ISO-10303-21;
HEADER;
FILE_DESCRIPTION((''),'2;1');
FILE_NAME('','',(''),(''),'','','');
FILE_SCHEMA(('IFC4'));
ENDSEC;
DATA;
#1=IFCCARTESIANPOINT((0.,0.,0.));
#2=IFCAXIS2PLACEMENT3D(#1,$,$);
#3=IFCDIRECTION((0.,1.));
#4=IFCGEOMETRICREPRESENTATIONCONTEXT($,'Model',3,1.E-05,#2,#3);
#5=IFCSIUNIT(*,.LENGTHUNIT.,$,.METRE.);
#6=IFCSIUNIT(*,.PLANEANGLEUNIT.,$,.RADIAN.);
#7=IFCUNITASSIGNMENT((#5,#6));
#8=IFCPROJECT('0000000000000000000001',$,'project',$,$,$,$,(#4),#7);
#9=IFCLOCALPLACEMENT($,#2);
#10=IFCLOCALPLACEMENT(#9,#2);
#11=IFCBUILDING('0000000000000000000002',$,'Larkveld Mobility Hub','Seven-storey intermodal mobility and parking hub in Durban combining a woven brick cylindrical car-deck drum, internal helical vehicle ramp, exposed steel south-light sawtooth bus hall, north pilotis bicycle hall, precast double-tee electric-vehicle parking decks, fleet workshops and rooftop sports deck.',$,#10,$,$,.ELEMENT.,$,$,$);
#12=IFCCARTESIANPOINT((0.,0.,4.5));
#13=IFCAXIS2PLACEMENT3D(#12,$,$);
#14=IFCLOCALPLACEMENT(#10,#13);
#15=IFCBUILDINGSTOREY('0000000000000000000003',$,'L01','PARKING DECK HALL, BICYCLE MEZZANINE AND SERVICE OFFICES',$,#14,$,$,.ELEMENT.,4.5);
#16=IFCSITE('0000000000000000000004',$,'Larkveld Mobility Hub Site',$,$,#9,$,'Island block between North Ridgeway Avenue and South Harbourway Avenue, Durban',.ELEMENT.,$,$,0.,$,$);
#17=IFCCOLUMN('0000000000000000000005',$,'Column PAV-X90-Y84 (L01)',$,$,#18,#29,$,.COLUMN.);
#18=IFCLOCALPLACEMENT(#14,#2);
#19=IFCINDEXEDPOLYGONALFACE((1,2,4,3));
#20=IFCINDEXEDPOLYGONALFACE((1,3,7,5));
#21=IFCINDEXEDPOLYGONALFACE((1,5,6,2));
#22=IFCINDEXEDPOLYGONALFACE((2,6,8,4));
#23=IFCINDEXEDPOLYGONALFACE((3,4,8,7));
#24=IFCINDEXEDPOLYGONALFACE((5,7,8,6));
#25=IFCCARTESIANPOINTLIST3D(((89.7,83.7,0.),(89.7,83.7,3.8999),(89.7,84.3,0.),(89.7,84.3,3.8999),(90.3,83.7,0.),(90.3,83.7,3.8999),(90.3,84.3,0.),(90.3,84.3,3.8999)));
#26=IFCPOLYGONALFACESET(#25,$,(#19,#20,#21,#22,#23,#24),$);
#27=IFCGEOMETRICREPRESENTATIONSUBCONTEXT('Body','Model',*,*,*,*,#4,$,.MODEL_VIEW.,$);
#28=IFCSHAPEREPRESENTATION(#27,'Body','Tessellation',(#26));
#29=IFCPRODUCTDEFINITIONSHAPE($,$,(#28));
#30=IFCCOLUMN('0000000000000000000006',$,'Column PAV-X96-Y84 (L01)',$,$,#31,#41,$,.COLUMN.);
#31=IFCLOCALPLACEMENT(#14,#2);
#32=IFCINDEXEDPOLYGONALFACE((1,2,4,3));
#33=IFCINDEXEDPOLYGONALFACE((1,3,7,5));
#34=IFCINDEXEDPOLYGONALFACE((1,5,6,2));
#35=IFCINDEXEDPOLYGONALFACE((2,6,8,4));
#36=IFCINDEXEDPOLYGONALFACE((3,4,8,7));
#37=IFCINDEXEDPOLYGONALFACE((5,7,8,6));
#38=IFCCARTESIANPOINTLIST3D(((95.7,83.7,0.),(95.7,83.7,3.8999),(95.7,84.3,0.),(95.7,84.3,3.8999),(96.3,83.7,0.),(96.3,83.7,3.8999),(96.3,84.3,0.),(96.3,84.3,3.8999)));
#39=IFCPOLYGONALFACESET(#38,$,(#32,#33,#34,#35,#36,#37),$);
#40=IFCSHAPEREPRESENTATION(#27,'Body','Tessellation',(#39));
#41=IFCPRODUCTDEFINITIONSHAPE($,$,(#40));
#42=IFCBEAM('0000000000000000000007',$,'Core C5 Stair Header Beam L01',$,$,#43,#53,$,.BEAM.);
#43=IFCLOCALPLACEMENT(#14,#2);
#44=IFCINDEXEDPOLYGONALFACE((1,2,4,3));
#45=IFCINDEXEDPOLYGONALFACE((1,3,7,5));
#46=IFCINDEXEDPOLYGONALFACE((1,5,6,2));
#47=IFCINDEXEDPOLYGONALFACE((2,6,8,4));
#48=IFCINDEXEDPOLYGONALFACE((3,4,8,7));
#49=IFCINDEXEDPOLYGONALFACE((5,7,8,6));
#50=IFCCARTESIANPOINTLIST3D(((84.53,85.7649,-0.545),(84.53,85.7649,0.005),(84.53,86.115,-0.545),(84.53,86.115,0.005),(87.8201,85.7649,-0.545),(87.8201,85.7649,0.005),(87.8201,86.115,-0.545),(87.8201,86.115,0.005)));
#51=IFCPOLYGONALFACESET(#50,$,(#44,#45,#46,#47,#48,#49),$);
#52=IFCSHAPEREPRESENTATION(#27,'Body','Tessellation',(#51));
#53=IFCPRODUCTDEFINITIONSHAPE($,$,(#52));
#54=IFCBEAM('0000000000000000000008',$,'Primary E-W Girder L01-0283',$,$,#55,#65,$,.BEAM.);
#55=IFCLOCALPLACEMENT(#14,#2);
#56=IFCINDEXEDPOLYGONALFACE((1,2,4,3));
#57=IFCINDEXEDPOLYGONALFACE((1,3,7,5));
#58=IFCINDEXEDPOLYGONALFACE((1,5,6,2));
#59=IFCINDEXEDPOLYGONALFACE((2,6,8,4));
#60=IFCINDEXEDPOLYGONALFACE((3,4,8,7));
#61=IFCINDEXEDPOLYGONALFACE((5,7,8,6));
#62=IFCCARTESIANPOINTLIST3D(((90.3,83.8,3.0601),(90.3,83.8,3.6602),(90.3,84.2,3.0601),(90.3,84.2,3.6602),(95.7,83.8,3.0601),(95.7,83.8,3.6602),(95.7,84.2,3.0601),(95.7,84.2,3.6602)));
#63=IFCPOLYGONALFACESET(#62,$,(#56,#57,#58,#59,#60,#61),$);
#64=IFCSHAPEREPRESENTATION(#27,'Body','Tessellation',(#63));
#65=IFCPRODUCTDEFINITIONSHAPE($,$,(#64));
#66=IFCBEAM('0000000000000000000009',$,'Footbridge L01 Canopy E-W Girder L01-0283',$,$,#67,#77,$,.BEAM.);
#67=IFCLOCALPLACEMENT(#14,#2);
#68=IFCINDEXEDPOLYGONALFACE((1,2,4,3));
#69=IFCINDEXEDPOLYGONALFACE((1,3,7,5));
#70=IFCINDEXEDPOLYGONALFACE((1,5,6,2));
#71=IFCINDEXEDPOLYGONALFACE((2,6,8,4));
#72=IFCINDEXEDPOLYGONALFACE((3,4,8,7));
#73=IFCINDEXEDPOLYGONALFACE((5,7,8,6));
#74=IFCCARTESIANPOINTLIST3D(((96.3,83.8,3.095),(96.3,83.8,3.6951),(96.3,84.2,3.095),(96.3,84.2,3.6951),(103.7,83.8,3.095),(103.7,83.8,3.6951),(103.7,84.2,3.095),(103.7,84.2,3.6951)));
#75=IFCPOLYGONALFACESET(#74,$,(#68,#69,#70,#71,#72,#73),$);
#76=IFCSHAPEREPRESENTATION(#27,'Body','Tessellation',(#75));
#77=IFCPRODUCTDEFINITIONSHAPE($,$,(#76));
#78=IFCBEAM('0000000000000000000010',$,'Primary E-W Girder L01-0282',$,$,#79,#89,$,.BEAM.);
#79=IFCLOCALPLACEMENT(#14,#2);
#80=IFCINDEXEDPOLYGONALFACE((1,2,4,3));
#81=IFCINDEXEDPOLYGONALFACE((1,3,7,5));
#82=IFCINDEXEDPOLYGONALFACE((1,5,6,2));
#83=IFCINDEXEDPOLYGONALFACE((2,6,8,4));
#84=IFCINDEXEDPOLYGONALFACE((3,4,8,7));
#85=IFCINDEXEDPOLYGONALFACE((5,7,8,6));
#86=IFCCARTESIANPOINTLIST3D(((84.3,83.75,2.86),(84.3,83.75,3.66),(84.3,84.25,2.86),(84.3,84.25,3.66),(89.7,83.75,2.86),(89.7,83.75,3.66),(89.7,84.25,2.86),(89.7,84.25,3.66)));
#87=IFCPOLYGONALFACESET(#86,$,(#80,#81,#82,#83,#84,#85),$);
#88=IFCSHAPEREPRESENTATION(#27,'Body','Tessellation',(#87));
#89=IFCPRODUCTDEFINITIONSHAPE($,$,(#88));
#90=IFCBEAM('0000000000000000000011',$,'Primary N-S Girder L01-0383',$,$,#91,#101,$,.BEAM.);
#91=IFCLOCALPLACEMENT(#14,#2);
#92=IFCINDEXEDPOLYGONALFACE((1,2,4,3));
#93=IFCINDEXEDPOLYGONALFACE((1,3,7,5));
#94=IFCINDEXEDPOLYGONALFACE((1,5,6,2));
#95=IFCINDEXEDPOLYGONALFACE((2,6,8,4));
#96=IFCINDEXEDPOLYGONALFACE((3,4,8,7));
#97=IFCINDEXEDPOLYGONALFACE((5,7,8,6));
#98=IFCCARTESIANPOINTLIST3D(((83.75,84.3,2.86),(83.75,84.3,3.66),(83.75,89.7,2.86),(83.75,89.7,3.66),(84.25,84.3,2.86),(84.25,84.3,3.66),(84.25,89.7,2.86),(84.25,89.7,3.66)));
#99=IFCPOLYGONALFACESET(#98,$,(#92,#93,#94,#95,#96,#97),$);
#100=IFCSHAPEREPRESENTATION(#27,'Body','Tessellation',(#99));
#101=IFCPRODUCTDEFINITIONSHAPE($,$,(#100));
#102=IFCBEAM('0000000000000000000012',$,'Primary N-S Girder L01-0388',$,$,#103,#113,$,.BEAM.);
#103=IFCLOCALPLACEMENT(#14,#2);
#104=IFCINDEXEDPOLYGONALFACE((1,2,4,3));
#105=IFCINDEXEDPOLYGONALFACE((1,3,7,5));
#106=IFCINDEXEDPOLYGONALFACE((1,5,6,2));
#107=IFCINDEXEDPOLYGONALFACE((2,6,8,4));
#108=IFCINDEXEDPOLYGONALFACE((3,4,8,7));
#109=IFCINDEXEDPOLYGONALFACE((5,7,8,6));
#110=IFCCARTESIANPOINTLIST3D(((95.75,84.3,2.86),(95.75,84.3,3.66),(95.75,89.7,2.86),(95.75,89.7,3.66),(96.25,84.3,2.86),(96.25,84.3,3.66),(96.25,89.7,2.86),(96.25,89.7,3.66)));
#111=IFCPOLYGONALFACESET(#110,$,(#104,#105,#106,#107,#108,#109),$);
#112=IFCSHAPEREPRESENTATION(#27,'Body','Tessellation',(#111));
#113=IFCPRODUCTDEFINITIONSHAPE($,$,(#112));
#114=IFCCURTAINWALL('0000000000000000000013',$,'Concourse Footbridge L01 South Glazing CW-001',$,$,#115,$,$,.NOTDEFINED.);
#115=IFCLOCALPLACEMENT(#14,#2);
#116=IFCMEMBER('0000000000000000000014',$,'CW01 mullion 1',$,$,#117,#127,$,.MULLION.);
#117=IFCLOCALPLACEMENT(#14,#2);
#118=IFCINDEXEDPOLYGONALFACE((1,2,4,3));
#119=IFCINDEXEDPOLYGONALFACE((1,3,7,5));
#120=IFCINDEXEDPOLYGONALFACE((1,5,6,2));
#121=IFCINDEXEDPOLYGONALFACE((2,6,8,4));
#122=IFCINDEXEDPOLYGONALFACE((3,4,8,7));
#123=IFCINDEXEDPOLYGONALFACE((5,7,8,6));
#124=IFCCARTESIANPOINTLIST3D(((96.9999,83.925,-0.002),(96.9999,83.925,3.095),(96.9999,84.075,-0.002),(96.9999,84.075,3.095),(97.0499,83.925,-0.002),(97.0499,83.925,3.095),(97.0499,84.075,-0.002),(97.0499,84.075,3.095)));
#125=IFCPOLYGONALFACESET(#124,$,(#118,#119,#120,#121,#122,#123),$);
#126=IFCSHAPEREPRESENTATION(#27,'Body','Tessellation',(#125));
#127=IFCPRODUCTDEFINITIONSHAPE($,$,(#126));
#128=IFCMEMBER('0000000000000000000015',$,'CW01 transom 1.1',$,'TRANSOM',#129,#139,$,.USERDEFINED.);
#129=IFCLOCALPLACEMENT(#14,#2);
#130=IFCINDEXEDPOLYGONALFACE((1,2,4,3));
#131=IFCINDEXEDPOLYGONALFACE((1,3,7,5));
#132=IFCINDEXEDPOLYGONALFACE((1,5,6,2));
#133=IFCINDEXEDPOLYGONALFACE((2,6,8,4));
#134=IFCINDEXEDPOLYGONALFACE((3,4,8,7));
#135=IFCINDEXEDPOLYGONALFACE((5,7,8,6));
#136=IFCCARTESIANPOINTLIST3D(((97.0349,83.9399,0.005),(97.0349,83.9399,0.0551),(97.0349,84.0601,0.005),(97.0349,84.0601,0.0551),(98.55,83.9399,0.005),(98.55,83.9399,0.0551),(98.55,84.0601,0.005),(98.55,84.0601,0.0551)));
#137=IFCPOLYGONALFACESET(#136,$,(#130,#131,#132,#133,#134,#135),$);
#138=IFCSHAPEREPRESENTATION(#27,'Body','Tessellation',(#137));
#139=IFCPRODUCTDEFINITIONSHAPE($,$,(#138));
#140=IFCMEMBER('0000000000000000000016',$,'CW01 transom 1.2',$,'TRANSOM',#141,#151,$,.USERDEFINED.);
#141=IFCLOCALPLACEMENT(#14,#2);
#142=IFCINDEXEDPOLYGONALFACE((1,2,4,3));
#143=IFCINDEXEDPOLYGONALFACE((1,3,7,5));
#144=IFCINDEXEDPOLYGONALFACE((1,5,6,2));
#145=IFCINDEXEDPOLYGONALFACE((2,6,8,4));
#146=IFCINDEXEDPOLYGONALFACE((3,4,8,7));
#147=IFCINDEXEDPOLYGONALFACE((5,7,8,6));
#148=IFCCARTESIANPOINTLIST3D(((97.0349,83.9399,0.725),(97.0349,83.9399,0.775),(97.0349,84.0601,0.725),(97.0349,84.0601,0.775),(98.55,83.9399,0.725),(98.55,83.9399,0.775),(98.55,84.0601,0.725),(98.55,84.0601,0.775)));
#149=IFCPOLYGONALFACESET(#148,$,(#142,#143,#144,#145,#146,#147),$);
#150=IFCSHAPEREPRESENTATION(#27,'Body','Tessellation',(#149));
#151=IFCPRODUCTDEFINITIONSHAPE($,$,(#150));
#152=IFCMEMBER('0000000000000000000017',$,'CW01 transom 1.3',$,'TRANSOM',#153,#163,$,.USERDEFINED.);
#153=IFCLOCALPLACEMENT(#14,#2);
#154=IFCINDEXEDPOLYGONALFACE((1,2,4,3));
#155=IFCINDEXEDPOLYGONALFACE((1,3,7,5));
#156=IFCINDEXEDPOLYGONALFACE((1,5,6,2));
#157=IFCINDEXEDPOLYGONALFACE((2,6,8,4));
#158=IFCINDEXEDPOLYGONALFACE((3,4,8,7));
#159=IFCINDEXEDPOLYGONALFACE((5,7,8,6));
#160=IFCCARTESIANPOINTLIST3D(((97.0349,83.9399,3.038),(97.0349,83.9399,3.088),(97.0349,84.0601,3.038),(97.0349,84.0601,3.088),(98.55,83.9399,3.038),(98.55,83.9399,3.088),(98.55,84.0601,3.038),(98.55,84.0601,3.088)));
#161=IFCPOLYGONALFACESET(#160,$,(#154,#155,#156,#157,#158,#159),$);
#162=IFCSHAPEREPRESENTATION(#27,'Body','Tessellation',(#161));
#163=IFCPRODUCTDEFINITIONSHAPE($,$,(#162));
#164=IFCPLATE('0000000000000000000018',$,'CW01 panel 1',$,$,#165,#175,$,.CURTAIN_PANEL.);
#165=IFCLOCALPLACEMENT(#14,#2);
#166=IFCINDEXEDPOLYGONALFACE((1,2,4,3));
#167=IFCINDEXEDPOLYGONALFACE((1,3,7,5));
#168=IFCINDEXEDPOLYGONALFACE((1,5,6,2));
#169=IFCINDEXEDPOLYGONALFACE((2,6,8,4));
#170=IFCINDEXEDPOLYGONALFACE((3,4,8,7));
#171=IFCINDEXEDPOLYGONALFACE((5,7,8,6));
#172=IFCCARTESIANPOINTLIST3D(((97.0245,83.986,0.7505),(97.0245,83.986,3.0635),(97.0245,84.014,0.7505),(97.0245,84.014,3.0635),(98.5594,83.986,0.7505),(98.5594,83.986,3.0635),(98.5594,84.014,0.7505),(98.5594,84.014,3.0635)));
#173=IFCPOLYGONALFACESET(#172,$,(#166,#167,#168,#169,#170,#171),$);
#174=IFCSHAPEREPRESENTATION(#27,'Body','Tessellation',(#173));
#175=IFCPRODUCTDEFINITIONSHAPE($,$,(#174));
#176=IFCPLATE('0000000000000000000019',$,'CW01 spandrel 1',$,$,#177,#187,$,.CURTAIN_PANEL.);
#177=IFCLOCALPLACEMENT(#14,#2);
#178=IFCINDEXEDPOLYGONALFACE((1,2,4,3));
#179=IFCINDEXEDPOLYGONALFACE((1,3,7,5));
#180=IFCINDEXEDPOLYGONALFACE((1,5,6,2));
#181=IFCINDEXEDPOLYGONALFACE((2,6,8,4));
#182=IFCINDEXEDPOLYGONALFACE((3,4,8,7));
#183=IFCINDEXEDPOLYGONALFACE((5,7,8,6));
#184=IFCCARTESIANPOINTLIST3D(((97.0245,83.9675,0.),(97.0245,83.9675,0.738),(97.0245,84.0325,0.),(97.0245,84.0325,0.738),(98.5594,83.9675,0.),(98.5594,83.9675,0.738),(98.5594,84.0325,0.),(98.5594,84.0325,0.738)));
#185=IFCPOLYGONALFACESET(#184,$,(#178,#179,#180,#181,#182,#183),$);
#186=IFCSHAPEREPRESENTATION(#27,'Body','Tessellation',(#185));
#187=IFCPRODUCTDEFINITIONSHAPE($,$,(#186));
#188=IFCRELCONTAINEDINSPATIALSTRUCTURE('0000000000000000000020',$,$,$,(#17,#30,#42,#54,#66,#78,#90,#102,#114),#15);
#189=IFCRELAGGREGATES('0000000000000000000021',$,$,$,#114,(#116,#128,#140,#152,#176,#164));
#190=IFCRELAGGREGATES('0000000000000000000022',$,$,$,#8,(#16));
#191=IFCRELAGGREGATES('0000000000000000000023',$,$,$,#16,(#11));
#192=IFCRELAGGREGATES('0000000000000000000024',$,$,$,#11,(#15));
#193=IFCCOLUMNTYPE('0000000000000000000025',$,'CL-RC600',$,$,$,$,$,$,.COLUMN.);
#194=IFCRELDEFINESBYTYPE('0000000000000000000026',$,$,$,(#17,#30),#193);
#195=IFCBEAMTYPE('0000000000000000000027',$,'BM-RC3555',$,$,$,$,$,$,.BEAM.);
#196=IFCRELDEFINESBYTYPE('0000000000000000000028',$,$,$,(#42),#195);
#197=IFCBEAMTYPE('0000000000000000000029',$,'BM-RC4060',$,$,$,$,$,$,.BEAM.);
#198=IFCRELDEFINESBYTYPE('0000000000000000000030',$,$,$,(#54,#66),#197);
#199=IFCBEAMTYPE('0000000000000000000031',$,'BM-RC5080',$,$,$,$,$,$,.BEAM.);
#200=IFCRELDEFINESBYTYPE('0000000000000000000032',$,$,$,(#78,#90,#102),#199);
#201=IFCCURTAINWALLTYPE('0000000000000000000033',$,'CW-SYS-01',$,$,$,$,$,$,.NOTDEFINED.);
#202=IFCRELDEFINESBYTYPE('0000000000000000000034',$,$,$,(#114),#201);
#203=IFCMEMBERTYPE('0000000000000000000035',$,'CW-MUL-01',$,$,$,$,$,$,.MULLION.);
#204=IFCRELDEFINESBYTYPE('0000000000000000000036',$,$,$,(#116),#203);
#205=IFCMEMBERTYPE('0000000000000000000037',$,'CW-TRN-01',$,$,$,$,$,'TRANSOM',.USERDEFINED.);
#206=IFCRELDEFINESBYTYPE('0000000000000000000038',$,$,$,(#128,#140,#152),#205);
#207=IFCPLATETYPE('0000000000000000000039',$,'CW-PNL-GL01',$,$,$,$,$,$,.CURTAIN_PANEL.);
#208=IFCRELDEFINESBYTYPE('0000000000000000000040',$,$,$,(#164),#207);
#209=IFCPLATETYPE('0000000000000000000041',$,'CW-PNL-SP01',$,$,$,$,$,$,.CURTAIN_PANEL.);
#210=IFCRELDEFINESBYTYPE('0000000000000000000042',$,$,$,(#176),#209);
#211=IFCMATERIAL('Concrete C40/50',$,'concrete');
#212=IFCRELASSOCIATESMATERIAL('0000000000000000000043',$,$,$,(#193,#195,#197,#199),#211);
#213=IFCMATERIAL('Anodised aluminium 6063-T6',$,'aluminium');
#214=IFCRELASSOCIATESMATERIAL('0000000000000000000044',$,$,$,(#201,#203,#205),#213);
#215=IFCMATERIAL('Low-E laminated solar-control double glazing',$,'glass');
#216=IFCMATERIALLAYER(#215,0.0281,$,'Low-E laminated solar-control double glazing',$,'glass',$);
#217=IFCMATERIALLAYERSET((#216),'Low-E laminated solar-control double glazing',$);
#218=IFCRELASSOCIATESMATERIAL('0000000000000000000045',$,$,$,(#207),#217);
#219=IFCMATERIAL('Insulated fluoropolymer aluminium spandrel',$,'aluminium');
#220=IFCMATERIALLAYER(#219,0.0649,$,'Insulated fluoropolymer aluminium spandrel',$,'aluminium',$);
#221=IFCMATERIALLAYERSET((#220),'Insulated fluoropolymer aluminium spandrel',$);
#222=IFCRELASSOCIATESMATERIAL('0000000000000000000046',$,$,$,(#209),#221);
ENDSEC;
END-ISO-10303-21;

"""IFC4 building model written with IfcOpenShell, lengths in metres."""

from ifc_helpers import new_model, si_unit, direction, frame, origin, origin_2d, place, context, subcontext, project, spatial, rectangle, extrude, material, layer, layer_set, material_profile, profile_set, type_object, element, aggregate, save


model = new_model("IFC4")

# Units and contexts
model_context = context("Model", 3, precision=1e-05, world=origin(), true_north=direction((0.0, 1.0)))
body_context = subcontext(model_context, "Body", "Model", "MODEL_VIEW")
ifc_project = project(units=[si_unit("LENGTHUNIT", "METRE"), si_unit("PLANEANGLEUNIT", "RADIAN")], contexts=[model_context])

# Site, building, storey
site_placement = place(None, origin())
site = spatial("IfcSite", under=ifc_project, at=site_placement, Name="Larkveld Mobility Hub Site", LongName="Island block between North Ridgeway Avenue and South Harbourway Avenue, Durban", CompositionType="ELEMENT", RefElevation=0.0)
building_placement = place(site_placement, origin())
building = spatial("IfcBuilding", under=site, at=building_placement, Name="Larkveld Mobility Hub", Description="Seven-storey intermodal mobility and parking hub in Durban combining a woven brick cylindrical car-deck drum, internal helical vehicle ramp, exposed steel south-light sawtooth bus hall, north pilotis bicycle hall, precast double-tee electric-vehicle parking decks, fleet workshops and rooftop sports deck.", CompositionType="ELEMENT")
storey_placement = place(building_placement, frame((0.0, 0.0, 4.5)))
storey = spatial("IfcBuildingStorey", under=building, at=storey_placement, Name="L01", Description="PARKING DECK HALL, BICYCLE MEZZANINE AND SERVICE OFFICES", CompositionType="ELEMENT", Elevation=4.5)

# Columns
ifc_material_1 = material(Name="Concrete C40/50", Category="concrete")
ifc_material_profile_1 = material_profile(ifc_material_1, rectangle(XDim=0.6001, YDim=0.6001, at=origin_2d()), Name="RC COL 600x600")
ifc_profile_set_1 = profile_set([ifc_material_profile_1], Name="Concrete C40/50")
column_type = type_object("IfcColumnType", Name="CL-RC600", PredefinedType="COLUMN", material=ifc_profile_set_1)
for number, where, z_axis, x_axis, name in (
    (1, (90.0, 84.0, 0.0), (0.0, 0.0, 1.0), (1.0, 0.0, 0.0), "Column PAV-X90-Y84 (L01)"),
    (2, (96.0, 84.0, 0.0), (0.0, 0.0, 1.0), (1.0, 0.0, 0.0), "Column PAV-X96-Y84 (L01)"),
):
    element("IfcColumn", number, at=place(storey_placement, frame(where, z_axis=z_axis, x_axis=x_axis)), inside=storey, type_object=column_type, Name=name, PredefinedType="COLUMN", context=body_context, shape_type="SweptSolid", body=[
        extrude(rectangle(XDim=0.6001, YDim=0.6001, at=origin_2d()), origin(), (0.0, 0.0, 1.0), 3.8999),
    ])

# Beams
ifc_material_profile_2 = material_profile(ifc_material_1, rectangle(XDim=0.3501, YDim=0.55, at=origin_2d()), Name="RC BM 350x550")
ifc_profile_set_2 = profile_set([ifc_material_profile_2], Name="Concrete C40/50")
beam_type_1 = type_object("IfcBeamType", Name="BM-RC3555", PredefinedType="BEAM", material=ifc_profile_set_2)
beam_1_placement = place(storey_placement, frame((84.53, 85.9399, -0.27), z_axis=(1.0, 0.0, 0.0), x_axis=(0.0, 1.0, 0.0)))
element("IfcBeam", 3, at=beam_1_placement, inside=storey, type_object=beam_type_1, Name="Core C5 Stair Header Beam L01", PredefinedType="BEAM", context=body_context, shape_type="SweptSolid", body=[
    extrude(rectangle(XDim=0.3501, YDim=0.55, at=origin_2d()), origin(), (0.0, 0.0, 1.0), 3.29),
])
ifc_material_profile_3 = material_profile(ifc_material_1, rectangle(XDim=0.3999, YDim=0.6001, at=origin_2d()), Name="RC BM 400x600")
ifc_profile_set_3 = profile_set([ifc_material_profile_3], Name="Concrete C40/50")
beam_type_2 = type_object("IfcBeamType", Name="BM-RC4060", PredefinedType="BEAM", material=ifc_profile_set_3)
beam_2_placement = place(storey_placement, frame((90.3, 84.0, 3.3601), z_axis=(1.0, 0.0, 0.0), x_axis=(0.0, 1.0, 0.0)))
element("IfcBeam", 4, at=beam_2_placement, inside=storey, type_object=beam_type_2, Name="Primary E-W Girder L01-0283", PredefinedType="BEAM", context=body_context, shape_type="SweptSolid", body=[
    extrude(rectangle(XDim=0.3999, YDim=0.6001, at=origin_2d()), origin(), (0.0, 0.0, 1.0), 5.3999),
])
beam_3_placement = place(storey_placement, frame((96.3, 84.0, 3.395), z_axis=(1.0, 0.0, 0.0), x_axis=(0.0, 1.0, 0.0)))
element("IfcBeam", 5, at=beam_3_placement, inside=storey, type_object=beam_type_2, Name="Footbridge L01 Canopy E-W Girder L01-0283", PredefinedType="BEAM", context=body_context, shape_type="SweptSolid", body=[
    extrude(rectangle(XDim=0.3999, YDim=0.6001, at=origin_2d()), origin(), (0.0, 0.0, 1.0), 7.3999),
])
ifc_material_profile_4 = material_profile(ifc_material_1, rectangle(XDim=0.5, YDim=0.8, at=origin_2d()), Name="RC BM 500x800")
ifc_profile_set_4 = profile_set([ifc_material_profile_4], Name="Concrete C40/50")
beam_type_3 = type_object("IfcBeamType", Name="BM-RC5080", PredefinedType="BEAM", material=ifc_profile_set_4)
for number, where, z_axis, x_axis, name in (
    (6, (84.3, 84.0, 3.26), (1.0, 0.0, 0.0), (0.0, 1.0, 0.0), "Primary E-W Girder L01-0282"),
    (7, (84.0, 84.3, 3.26), (0.0, 1.0, 0.0), (-1.0, 0.0, 0.0), "Primary N-S Girder L01-0383"),
    (8, (96.0, 84.3, 3.26), (0.0, 1.0, 0.0), (-1.0, 0.0, 0.0), "Primary N-S Girder L01-0388"),
):
    element("IfcBeam", number, at=place(storey_placement, frame(where, z_axis=z_axis, x_axis=x_axis)), inside=storey, type_object=beam_type_3, Name=name, PredefinedType="BEAM", context=body_context, shape_type="SweptSolid", body=[
        extrude(rectangle(XDim=0.5, YDim=0.8, at=origin_2d()), origin(), (0.0, 0.0, 1.0), 5.3999),
    ])

# Curtain wall, members, plates
ifc_material_2 = material(Name="Anodised aluminium 6063-T6", Category="aluminium")
curtain_wall_type = type_object("IfcCurtainWallType", Name="CW-SYS-01", PredefinedType="NOTDEFINED", material=ifc_material_2)
curtain_wall_placement = place(storey_placement, origin())
curtain_wall = element("IfcCurtainWall", 9, at=curtain_wall_placement, inside=storey, type_object=curtain_wall_type, Name="Concourse Footbridge L01 South Glazing CW-001", PredefinedType="NOTDEFINED")
ifc_material_profile_5 = material_profile(ifc_material_2, rectangle(XDim=0.05, YDim=0.1499, at=origin_2d()), Name="ALU MULL 50x150")
ifc_profile_set_5 = profile_set([ifc_material_profile_5], Name="Anodised aluminium 6063-T6")
member_type_1 = type_object("IfcMemberType", Name="CW-MUL-01", PredefinedType="MULLION", material=ifc_profile_set_5)
member_1_placement = place(storey_placement, frame((97.0249, 84.0, -0.002), z_axis=(0.0, 0.0, 1.0), x_axis=(1.0, 0.0, 0.0)))
member_1 = element("IfcMember", 10, at=member_1_placement, type_object=member_type_1, Name="CW01 mullion 1", PredefinedType="MULLION", context=body_context, shape_type="SweptSolid", body=[
    extrude(rectangle(XDim=0.05, YDim=0.1499, at=origin_2d()), origin(), (0.0, 0.0, 1.0), 3.0969),
])
ifc_material_profile_6 = material_profile(ifc_material_2, rectangle(XDim=0.1201, YDim=0.05, at=origin_2d()), Name="ALU TRAN 50x120")
ifc_profile_set_6 = profile_set([ifc_material_profile_6], Name="Anodised aluminium 6063-T6")
member_type_2 = type_object("IfcMemberType", Name="CW-TRN-01", ElementType="TRANSOM", PredefinedType="USERDEFINED", material=ifc_profile_set_6)
member_2_placement = place(storey_placement, frame((97.0349, 84.0, 0.03), z_axis=(1.0, 0.0, 0.0), x_axis=(0.0, 1.0, 0.0)))
member_2 = element("IfcMember", 11, at=member_2_placement, type_object=member_type_2, Name="CW01 transom 1.1", ObjectType="TRANSOM", PredefinedType="USERDEFINED", context=body_context, shape_type="SweptSolid", body=[
    extrude(rectangle(XDim=0.1201, YDim=0.05, at=origin_2d()), origin(), (0.0, 0.0, 1.0), 1.5151),
])
member_3_placement = place(storey_placement, frame((97.0349, 84.0, 0.75), z_axis=(1.0, 0.0, 0.0), x_axis=(0.0, 1.0, 0.0)))
member_3 = element("IfcMember", 12, at=member_3_placement, type_object=member_type_2, Name="CW01 transom 1.2", ObjectType="TRANSOM", PredefinedType="USERDEFINED", context=body_context, shape_type="SweptSolid", body=[
    extrude(rectangle(XDim=0.1201, YDim=0.05, at=origin_2d()), origin(), (0.0, 0.0, 1.0), 1.5151),
])
member_4_placement = place(storey_placement, frame((97.0349, 84.0, 3.063), z_axis=(1.0, 0.0, 0.0), x_axis=(0.0, 1.0, 0.0)))
member_4 = element("IfcMember", 13, at=member_4_placement, type_object=member_type_2, Name="CW01 transom 1.3", ObjectType="TRANSOM", PredefinedType="USERDEFINED", context=body_context, shape_type="SweptSolid", body=[
    extrude(rectangle(XDim=0.1201, YDim=0.05, at=origin_2d()), origin(), (0.0, 0.0, 1.0), 1.5151),
])
ifc_material_3 = material(Name="Low-E laminated solar-control double glazing", Category="glass")
ifc_layer_1 = layer(ifc_material_3, 0.0281, Name="Low-E laminated solar-control double glazing", Category="glass")
ifc_layer_set_1 = layer_set([ifc_layer_1], Name="Low-E laminated solar-control double glazing")
plate_type_1 = type_object("IfcPlateType", Name="CW-PNL-GL01", PredefinedType="CURTAIN_PANEL", material=ifc_layer_set_1)
plate_1_placement = place(storey_placement, frame((97.792, 84.0, 0.7505), z_axis=(0.0, 0.0, 1.0), x_axis=(1.0, 0.0, 0.0)))
plate_1 = element("IfcPlate", 14, at=plate_1_placement, type_object=plate_type_1, Name="CW01 panel 1", PredefinedType="CURTAIN_PANEL", context=body_context, shape_type="SweptSolid", body=[
    extrude(rectangle(XDim=1.5349, YDim=0.0281, at=origin_2d()), origin(), (0.0, 0.0, 1.0), 2.313),
])
ifc_material_4 = material(Name="Insulated fluoropolymer aluminium spandrel", Category="aluminium")
ifc_layer_2 = layer(ifc_material_4, 0.0649, Name="Insulated fluoropolymer aluminium spandrel", Category="aluminium")
ifc_layer_set_2 = layer_set([ifc_layer_2], Name="Insulated fluoropolymer aluminium spandrel")
plate_type_2 = type_object("IfcPlateType", Name="CW-PNL-SP01", PredefinedType="CURTAIN_PANEL", material=ifc_layer_set_2)
plate_2_placement = place(storey_placement, frame((97.792, 84.0, 0.0), z_axis=(0.0, 0.0, 1.0), x_axis=(1.0, 0.0, 0.0)))
plate_2 = element("IfcPlate", 15, at=plate_2_placement, type_object=plate_type_2, Name="CW01 spandrel 1", PredefinedType="CURTAIN_PANEL", context=body_context, shape_type="SweptSolid", body=[
    extrude(rectangle(XDim=1.5349, YDim=0.0649, at=origin_2d()), origin(), (0.0, 0.0, 1.0), 0.738),
])
aggregate(curtain_wall, [member_1, member_2, member_3, member_4, plate_2, plate_1])

save(model, "model.ifc")
